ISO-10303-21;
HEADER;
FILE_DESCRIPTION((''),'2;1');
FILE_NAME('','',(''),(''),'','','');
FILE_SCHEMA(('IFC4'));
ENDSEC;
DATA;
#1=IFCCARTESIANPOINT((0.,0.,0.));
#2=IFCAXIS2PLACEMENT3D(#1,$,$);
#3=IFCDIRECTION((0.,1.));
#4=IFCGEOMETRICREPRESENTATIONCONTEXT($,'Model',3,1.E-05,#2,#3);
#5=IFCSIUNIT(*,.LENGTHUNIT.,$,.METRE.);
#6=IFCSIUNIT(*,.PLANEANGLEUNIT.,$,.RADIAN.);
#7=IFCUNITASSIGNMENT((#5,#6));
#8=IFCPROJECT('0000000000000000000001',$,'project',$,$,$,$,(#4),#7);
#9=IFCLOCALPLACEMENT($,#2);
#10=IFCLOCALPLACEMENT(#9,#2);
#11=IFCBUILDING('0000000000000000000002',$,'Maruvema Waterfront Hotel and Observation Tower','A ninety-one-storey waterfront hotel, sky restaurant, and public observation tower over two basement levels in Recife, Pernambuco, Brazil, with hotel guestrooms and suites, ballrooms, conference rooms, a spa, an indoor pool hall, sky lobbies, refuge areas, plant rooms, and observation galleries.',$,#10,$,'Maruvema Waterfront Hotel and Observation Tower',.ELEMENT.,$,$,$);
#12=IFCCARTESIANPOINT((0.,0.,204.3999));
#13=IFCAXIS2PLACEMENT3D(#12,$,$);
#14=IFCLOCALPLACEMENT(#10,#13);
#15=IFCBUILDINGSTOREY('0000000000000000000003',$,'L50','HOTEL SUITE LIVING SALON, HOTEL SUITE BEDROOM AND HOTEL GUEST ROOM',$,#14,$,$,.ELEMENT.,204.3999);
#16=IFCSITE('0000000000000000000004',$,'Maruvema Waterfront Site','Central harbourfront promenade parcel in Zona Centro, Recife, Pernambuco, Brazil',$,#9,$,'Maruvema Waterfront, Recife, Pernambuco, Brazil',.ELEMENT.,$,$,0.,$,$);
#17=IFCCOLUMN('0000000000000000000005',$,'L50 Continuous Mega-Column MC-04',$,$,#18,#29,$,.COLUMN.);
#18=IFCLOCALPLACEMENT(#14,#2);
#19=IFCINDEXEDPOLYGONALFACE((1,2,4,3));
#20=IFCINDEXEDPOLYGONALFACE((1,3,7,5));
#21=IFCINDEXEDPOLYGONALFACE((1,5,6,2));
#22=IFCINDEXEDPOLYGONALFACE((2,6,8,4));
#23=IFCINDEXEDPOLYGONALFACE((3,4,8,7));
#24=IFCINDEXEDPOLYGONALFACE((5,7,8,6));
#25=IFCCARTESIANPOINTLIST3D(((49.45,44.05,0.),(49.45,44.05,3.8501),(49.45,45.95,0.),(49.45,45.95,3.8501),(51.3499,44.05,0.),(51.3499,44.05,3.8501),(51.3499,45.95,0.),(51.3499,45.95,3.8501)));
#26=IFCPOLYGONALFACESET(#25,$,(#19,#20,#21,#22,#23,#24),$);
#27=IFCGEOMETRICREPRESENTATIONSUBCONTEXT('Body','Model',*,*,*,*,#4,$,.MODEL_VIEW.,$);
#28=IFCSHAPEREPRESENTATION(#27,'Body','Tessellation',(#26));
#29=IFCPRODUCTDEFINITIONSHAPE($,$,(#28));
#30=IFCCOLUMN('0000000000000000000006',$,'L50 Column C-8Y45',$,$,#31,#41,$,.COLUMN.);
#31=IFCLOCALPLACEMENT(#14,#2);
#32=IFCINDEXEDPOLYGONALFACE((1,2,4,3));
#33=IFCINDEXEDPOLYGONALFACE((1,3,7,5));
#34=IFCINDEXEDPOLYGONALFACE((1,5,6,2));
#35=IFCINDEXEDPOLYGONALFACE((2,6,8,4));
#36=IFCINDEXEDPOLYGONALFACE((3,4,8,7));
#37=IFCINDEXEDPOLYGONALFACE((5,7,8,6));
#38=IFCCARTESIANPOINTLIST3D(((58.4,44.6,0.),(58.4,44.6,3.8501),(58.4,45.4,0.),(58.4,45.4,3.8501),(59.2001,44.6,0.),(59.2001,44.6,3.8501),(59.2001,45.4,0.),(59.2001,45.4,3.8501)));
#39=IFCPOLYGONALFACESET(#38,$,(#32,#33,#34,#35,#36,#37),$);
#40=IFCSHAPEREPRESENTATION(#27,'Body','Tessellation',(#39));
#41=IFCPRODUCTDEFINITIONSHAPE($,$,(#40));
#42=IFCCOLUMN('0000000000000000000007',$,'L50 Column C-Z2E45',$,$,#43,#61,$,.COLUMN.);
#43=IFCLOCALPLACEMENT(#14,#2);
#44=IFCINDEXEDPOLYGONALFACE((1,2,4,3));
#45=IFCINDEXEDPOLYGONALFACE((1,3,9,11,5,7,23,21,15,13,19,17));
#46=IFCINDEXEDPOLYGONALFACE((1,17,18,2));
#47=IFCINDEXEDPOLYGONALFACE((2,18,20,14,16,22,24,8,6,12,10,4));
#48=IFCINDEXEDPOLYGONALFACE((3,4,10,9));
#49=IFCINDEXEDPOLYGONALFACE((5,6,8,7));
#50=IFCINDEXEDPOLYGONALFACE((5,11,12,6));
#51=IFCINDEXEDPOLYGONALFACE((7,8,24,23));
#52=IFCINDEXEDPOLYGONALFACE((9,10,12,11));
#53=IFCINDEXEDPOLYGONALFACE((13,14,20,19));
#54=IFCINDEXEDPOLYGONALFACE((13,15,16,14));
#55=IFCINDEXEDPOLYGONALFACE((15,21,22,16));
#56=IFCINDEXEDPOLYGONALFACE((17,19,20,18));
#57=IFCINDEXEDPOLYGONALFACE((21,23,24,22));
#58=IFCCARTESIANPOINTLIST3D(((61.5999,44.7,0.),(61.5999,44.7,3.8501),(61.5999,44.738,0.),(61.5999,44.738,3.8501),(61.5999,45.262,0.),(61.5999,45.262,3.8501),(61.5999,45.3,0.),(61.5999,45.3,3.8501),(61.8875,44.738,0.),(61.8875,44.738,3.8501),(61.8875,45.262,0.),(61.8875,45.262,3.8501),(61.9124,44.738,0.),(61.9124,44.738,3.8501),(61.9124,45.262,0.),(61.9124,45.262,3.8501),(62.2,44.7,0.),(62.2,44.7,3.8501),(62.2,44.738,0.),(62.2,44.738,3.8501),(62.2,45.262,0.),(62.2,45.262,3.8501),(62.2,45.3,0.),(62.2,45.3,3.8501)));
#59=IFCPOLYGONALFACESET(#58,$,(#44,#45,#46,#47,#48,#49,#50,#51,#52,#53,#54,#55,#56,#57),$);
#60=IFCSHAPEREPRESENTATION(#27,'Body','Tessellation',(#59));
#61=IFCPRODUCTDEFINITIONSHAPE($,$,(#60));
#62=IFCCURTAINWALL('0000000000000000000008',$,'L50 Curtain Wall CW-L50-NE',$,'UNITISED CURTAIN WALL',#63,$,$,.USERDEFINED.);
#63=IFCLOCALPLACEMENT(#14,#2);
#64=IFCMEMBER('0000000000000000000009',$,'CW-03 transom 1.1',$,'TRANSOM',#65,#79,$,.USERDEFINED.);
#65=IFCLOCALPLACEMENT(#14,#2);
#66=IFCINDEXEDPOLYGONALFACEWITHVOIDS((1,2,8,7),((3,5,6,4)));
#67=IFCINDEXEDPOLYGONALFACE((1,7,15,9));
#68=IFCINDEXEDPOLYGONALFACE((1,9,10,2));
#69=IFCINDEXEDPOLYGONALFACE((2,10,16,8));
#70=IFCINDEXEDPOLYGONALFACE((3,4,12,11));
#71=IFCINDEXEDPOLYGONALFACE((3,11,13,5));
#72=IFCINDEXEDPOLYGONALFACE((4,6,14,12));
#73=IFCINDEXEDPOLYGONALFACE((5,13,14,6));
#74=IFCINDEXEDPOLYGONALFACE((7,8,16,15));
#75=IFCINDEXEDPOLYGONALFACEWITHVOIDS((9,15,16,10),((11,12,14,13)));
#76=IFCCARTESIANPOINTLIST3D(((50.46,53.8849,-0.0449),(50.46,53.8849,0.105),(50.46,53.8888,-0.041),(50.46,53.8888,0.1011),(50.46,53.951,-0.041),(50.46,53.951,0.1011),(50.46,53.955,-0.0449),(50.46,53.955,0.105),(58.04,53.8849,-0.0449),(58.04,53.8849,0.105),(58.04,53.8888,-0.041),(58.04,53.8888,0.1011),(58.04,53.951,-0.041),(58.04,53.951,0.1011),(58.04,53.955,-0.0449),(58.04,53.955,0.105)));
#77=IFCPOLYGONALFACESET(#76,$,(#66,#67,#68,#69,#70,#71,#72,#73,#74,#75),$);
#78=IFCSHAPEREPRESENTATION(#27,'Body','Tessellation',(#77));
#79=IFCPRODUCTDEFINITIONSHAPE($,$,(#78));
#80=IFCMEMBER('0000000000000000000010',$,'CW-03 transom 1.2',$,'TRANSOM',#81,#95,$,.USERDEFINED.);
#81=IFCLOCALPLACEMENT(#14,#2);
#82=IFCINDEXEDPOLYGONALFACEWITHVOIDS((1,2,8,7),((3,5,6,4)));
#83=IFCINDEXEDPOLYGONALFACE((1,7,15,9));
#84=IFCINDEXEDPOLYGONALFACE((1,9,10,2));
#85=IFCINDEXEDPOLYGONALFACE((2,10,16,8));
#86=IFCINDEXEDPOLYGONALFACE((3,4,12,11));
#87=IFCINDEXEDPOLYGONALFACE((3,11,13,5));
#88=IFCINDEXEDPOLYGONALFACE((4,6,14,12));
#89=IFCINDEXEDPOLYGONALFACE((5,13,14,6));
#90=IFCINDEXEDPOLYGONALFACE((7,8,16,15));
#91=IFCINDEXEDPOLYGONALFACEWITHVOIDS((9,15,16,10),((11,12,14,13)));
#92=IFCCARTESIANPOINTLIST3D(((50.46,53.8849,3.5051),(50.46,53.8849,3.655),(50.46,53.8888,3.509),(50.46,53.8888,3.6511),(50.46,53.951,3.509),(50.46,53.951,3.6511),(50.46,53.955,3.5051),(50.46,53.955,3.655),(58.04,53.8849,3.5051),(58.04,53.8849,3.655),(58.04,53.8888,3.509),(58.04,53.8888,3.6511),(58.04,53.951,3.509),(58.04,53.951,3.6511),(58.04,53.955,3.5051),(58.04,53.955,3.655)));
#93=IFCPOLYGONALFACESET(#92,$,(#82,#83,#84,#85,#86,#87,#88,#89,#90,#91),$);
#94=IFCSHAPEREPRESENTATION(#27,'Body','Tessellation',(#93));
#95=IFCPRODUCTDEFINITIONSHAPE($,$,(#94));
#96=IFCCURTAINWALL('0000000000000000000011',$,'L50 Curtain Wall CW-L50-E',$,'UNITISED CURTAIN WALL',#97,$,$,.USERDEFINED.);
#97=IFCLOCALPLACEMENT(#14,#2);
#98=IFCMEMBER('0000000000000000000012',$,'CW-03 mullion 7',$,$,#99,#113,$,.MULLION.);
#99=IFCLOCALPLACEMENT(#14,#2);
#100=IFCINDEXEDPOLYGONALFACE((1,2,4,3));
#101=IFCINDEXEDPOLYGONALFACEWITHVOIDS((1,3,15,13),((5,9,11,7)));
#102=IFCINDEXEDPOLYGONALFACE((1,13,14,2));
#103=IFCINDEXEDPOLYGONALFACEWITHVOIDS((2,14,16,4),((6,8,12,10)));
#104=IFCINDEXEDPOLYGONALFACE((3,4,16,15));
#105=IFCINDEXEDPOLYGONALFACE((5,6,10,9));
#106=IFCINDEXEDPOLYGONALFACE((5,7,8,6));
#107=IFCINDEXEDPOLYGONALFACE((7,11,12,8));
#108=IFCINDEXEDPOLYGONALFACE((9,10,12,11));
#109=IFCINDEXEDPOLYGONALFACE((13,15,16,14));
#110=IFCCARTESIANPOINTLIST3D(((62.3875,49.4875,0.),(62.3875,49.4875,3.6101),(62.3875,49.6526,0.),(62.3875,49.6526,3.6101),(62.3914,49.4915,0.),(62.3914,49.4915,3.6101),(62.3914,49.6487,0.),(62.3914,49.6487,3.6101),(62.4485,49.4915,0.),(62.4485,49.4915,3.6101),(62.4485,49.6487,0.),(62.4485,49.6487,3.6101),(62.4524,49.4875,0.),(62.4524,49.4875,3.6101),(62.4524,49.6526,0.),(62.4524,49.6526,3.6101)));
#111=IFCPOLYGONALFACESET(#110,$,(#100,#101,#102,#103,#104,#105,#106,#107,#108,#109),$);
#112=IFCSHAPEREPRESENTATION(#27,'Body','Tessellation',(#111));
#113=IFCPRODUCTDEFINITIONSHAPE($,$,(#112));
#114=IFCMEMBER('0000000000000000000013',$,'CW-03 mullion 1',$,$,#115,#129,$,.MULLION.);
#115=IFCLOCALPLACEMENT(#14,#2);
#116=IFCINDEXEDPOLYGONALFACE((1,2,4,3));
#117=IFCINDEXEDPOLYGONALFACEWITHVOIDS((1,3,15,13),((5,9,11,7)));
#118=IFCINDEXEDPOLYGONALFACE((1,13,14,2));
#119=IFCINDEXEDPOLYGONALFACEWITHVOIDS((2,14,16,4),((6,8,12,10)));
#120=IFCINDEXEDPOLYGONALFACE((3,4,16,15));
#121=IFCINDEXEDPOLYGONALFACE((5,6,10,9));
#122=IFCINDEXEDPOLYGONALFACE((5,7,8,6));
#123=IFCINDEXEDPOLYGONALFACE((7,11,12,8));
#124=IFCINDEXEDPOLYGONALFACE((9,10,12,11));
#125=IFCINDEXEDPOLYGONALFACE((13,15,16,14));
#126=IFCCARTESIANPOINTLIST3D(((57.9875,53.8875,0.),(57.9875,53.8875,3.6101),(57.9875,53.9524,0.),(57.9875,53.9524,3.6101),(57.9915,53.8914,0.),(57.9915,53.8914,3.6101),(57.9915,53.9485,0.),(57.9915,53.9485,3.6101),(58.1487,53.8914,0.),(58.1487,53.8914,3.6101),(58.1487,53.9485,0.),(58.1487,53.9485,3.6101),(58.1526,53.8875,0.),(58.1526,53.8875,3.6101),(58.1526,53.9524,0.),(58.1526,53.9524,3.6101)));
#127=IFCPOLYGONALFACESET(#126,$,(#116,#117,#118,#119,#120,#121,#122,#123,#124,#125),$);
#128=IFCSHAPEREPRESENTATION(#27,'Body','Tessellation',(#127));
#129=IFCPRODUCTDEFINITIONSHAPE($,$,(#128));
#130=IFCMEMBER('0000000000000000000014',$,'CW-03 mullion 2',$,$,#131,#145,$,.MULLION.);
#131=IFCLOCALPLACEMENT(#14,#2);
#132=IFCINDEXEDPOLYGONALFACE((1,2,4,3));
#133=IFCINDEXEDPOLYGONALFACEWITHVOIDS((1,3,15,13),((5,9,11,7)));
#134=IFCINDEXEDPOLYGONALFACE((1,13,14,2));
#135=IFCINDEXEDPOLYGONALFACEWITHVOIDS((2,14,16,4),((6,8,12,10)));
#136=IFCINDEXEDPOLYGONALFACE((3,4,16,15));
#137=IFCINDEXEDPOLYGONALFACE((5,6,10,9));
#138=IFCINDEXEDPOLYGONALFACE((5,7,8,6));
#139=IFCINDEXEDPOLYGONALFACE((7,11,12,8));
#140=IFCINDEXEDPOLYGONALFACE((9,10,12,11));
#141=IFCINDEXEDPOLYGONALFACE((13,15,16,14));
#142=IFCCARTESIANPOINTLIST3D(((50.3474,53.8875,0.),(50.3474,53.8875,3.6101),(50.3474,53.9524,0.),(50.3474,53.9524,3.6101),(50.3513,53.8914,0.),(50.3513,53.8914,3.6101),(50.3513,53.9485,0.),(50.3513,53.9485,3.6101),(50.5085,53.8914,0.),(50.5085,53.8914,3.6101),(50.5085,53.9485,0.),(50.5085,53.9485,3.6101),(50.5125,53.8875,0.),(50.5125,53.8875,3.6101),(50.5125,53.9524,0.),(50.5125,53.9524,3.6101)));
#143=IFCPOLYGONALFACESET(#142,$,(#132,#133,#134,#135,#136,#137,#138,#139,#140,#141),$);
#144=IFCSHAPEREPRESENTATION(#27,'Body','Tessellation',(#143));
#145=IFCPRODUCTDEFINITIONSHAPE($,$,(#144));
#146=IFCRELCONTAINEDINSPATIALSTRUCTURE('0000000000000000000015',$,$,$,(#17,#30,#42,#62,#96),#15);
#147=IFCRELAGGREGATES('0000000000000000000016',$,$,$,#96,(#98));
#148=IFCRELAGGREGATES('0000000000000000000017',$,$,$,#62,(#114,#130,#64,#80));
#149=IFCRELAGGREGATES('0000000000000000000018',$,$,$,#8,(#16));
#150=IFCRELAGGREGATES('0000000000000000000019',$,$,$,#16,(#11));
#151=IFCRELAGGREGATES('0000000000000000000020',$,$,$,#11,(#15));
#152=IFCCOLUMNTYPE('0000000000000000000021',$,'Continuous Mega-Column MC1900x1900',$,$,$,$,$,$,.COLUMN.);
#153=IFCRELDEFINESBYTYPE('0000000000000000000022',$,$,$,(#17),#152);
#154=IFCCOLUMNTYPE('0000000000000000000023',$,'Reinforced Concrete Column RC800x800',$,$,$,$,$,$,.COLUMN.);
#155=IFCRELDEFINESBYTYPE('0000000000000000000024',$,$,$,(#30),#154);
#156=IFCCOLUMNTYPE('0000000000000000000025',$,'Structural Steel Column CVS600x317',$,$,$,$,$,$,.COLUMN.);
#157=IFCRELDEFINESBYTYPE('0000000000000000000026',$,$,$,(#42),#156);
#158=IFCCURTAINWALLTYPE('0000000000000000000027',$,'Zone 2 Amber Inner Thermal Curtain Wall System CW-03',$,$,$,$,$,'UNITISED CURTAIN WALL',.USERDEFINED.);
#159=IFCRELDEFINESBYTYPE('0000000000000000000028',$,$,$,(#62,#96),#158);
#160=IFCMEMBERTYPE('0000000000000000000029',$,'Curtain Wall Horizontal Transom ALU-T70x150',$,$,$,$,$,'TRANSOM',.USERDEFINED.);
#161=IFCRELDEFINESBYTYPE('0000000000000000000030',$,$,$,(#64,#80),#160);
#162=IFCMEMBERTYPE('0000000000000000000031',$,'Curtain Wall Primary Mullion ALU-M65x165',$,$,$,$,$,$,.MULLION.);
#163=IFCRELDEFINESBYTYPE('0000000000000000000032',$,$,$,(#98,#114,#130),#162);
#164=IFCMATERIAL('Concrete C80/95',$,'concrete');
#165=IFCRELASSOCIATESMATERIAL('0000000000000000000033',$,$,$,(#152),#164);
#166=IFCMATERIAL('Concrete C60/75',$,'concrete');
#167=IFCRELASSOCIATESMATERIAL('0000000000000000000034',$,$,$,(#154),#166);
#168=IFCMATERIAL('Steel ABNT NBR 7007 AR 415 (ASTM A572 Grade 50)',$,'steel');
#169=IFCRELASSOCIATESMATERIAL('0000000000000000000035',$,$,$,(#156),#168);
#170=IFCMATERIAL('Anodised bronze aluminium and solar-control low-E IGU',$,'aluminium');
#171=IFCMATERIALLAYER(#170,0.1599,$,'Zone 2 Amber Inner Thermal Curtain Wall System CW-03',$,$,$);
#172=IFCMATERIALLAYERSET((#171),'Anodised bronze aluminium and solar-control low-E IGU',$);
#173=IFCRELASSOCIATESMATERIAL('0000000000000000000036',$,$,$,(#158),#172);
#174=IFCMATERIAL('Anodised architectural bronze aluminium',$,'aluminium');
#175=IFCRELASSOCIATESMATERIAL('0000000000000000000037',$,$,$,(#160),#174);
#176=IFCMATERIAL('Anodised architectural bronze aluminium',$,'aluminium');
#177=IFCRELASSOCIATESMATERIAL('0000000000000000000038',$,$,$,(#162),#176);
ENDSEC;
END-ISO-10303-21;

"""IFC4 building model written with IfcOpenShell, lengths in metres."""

from ifc_helpers import new_model, si_unit, direction, frame, origin, origin_2d, place, context, subcontext, project, spatial, rectangle, hollow_rectangle, i_section, extrude, material, layer, layer_set, material_profile, profile_set, type_object, element, aggregate, save


model = new_model("IFC4")

# Units and contexts
model_context = context("Model", 3, precision=1e-05, world=origin(), true_north=direction((0.0, 1.0)))
body_context = subcontext(model_context, "Body", "Model", "MODEL_VIEW")
ifc_project = project(units=[si_unit("LENGTHUNIT", "METRE"), si_unit("PLANEANGLEUNIT", "RADIAN")], contexts=[model_context])

# Site, building, storey
site_placement = place(None, origin())
site = spatial("IfcSite", under=ifc_project, at=site_placement, Name="Maruvema Waterfront Site", Description="Central harbourfront promenade parcel in Zona Centro, Recife, Pernambuco, Brazil", LongName="Maruvema Waterfront, Recife, Pernambuco, Brazil", CompositionType="ELEMENT", RefElevation=0.0)
building_placement = place(site_placement, origin())
building = spatial("IfcBuilding", under=site, at=building_placement, Name="Maruvema Waterfront Hotel and Observation Tower", Description="A ninety-one-storey waterfront hotel, sky restaurant, and public observation tower over two basement levels in Recife, Pernambuco, Brazil, with hotel guestrooms and suites, ballrooms, conference rooms, a spa, an indoor pool hall, sky lobbies, refuge areas, plant rooms, and observation galleries.", LongName="Maruvema Waterfront Hotel and Observation Tower", CompositionType="ELEMENT")
storey_placement = place(building_placement, frame((0.0, 0.0, 204.3999)))
storey = spatial("IfcBuildingStorey", under=building, at=storey_placement, Name="L50", Description="HOTEL SUITE LIVING SALON, HOTEL SUITE BEDROOM AND HOTEL GUEST ROOM", CompositionType="ELEMENT", Elevation=204.3999)

# Columns
ifc_material_1 = material(Name="Concrete C80/95", Category="concrete")
ifc_material_profile_1 = material_profile(ifc_material_1, rectangle(XDim=1.8999, YDim=1.8999, at=origin_2d()), Name="MC1900x1900")
ifc_profile_set_1 = profile_set([ifc_material_profile_1], Name="Concrete C80/95")
column_type_1 = type_object("IfcColumnType", Name="Continuous Mega-Column MC1900x1900", PredefinedType="COLUMN", material=ifc_profile_set_1)
column_1_placement = place(storey_placement, frame((50.3999, 45.0, 0.0), z_axis=(0.0, 0.0, 1.0), x_axis=(1.0, 0.0, 0.0)))
element("IfcColumn", 1, at=column_1_placement, inside=storey, type_object=column_type_1, Name="L50 Continuous Mega-Column MC-04", PredefinedType="COLUMN", context=body_context, shape_type="SweptSolid", body=[
    extrude(rectangle(XDim=1.8999, YDim=1.8999, at=origin_2d()), origin(), (0.0, 0.0, 1.0), 3.8501),
])
ifc_material_2 = material(Name="Concrete C60/75", Category="concrete")
ifc_material_profile_2 = material_profile(ifc_material_2, rectangle(XDim=0.8, YDim=0.8, at=origin_2d()), Name="RC800x800")
ifc_profile_set_2 = profile_set([ifc_material_profile_2], Name="Concrete C60/75")
column_type_2 = type_object("IfcColumnType", Name="Reinforced Concrete Column RC800x800", PredefinedType="COLUMN", material=ifc_profile_set_2)
column_2_placement = place(storey_placement, frame((58.8, 45.0, 0.0), z_axis=(0.0, 0.0, 1.0), x_axis=(1.0, 0.0, 0.0)))
element("IfcColumn", 2, at=column_2_placement, inside=storey, type_object=column_type_2, Name="L50 Column C-8Y45", PredefinedType="COLUMN", context=body_context, shape_type="SweptSolid", body=[
    extrude(rectangle(XDim=0.8, YDim=0.8, at=origin_2d()), origin(), (0.0, 0.0, 1.0), 3.8501),
])
ifc_material_3 = material(Name="Steel ABNT NBR 7007 AR 415 (ASTM A572 Grade 50)", Category="steel")
ifc_material_profile_3 = material_profile(ifc_material_3, i_section(OverallWidth=0.6001, OverallDepth=0.6001, WebThickness=0.0249, FlangeThickness=0.0381, at=origin_2d()), Name="CVS600x317")
ifc_profile_set_3 = profile_set([ifc_material_profile_3], Name="Steel ABNT NBR 7007 AR 415 (ASTM A572 Grade 50)")
column_type_3 = type_object("IfcColumnType", Name="Structural Steel Column CVS600x317", PredefinedType="COLUMN", material=ifc_profile_set_3)
column_3_placement = place(storey_placement, frame((61.8999, 45.0, 0.0), z_axis=(0.0, 0.0, 1.0), x_axis=(1.0, 0.0, 0.0)))
element("IfcColumn", 3, at=column_3_placement, inside=storey, type_object=column_type_3, Name="L50 Column C-Z2E45", PredefinedType="COLUMN", context=body_context, shape_type="SweptSolid", body=[
    extrude(i_section(OverallWidth=0.6001, OverallDepth=0.6001, WebThickness=0.0249, FlangeThickness=0.0381, at=origin_2d()), origin(), (0.0, 0.0, 1.0), 3.8501),
])

# Curtain wall, members
ifc_material_4 = material(Name="Anodised bronze aluminium and solar-control low-E IGU", Category="aluminium")
ifc_layer_1 = layer(ifc_material_4, 0.1599, Name="Zone 2 Amber Inner Thermal Curtain Wall System CW-03")
ifc_layer_set_1 = layer_set([ifc_layer_1], Name="Anodised bronze aluminium and solar-control low-E IGU")
curtain_wall_type = type_object("IfcCurtainWallType", Name="Zone 2 Amber Inner Thermal Curtain Wall System CW-03", ElementType="UNITISED CURTAIN WALL", PredefinedType="USERDEFINED", material=ifc_layer_set_1)
curtain_wall_1_placement = place(storey_placement, origin())
curtain_wall_1 = element("IfcCurtainWall", 4, at=curtain_wall_1_placement, inside=storey, type_object=curtain_wall_type, Name="L50 Curtain Wall CW-L50-NE", ObjectType="UNITISED CURTAIN WALL", PredefinedType="USERDEFINED")
ifc_material_5 = material(Name="Anodised architectural bronze aluminium", Category="aluminium")
ifc_material_profile_4 = material_profile(ifc_material_5, hollow_rectangle(XDim=0.0701, YDim=0.1499, WallThickness=0.0039, at=origin_2d()), Name="ALU-T70x150")
ifc_profile_set_4 = profile_set([ifc_material_profile_4], Name="Anodised architectural bronze aluminium")
member_type_1 = type_object("IfcMemberType", Name="Curtain Wall Horizontal Transom ALU-T70x150", ElementType="TRANSOM", PredefinedType="USERDEFINED", material=ifc_profile_set_4)
member_1_placement = place(storey_placement, frame((58.04, 53.9199, 0.03), z_axis=(-1.0, 0.0, 0.0), x_axis=(0.0, -1.0, 0.0)))
member_1 = element("IfcMember", 5, at=member_1_placement, type_object=member_type_1, Name="CW-03 transom 1.1", ObjectType="TRANSOM", PredefinedType="USERDEFINED", context=body_context, shape_type="SweptSolid", body=[
    extrude(hollow_rectangle(XDim=0.0701, YDim=0.1499, WallThickness=0.0039, at=origin_2d()), origin(), (0.0, 0.0, 1.0), 7.5801),
])
member_2_placement = place(storey_placement, frame((58.04, 53.9199, 3.5801), z_axis=(-1.0, 0.0, 0.0), x_axis=(0.0, -1.0, 0.0)))
member_2 = element("IfcMember", 6, at=member_2_placement, type_object=member_type_1, Name="CW-03 transom 1.2", ObjectType="TRANSOM", PredefinedType="USERDEFINED", context=body_context, shape_type="SweptSolid", body=[
    extrude(hollow_rectangle(XDim=0.0701, YDim=0.1499, WallThickness=0.0039, at=origin_2d()), origin(), (0.0, 0.0, 1.0), 7.5801),
])

# Curtain wall, member
curtain_wall_2_placement = place(storey_placement, origin())
curtain_wall_2 = element("IfcCurtainWall", 7, at=curtain_wall_2_placement, inside=storey, type_object=curtain_wall_type, Name="L50 Curtain Wall CW-L50-E", ObjectType="UNITISED CURTAIN WALL", PredefinedType="USERDEFINED")
ifc_material_6 = material(Name="Anodised architectural bronze aluminium", Category="aluminium")
ifc_material_profile_5 = material_profile(ifc_material_6, hollow_rectangle(XDim=0.0649, YDim=0.165, WallThickness=0.0039, at=origin_2d()), Name="ALU-M65x165")
ifc_profile_set_5 = profile_set([ifc_material_profile_5], Name="Anodised architectural bronze aluminium")
member_type_2 = type_object("IfcMemberType", Name="Curtain Wall Primary Mullion ALU-M65x165", PredefinedType="MULLION", material=ifc_profile_set_5)
member_3_placement = place(storey_placement, frame((62.4199, 49.5701, 0.0), z_axis=(0.0, 0.0, 1.0), x_axis=(-1.0, 0.0, 0.0)))
member_3 = element("IfcMember", 8, at=member_3_placement, type_object=member_type_2, Name="CW-03 mullion 7", PredefinedType="MULLION", context=body_context, shape_type="SweptSolid", body=[
    extrude(hollow_rectangle(XDim=0.0649, YDim=0.165, WallThickness=0.0039, at=origin_2d()), origin(), (0.0, 0.0, 1.0), 3.6101),
])

# Members
member_4_placement = place(storey_placement, frame((58.0701, 53.9199, 0.0), z_axis=(0.0, 0.0, 1.0), x_axis=(0.0, -1.0, 0.0)))
member_4 = element("IfcMember", 9, at=member_4_placement, type_object=member_type_2, Name="CW-03 mullion 1", PredefinedType="MULLION", context=body_context, shape_type="SweptSolid", body=[
    extrude(hollow_rectangle(XDim=0.0649, YDim=0.165, WallThickness=0.0039, at=origin_2d()), origin(), (0.0, 0.0, 1.0), 3.6101),
])
member_5_placement = place(storey_placement, frame((50.4299, 53.9199, 0.0), z_axis=(0.0, 0.0, 1.0), x_axis=(0.0, -1.0, 0.0)))
member_5 = element("IfcMember", 10, at=member_5_placement, type_object=member_type_2, Name="CW-03 mullion 2", PredefinedType="MULLION", context=body_context, shape_type="SweptSolid", body=[
    extrude(hollow_rectangle(XDim=0.0649, YDim=0.165, WallThickness=0.0039, at=origin_2d()), origin(), (0.0, 0.0, 1.0), 3.6101),
])

aggregate(curtain_wall_2, [member_3])
aggregate(curtain_wall_1, [member_4, member_5, member_1, member_2])

save(model, "model.ifc")
